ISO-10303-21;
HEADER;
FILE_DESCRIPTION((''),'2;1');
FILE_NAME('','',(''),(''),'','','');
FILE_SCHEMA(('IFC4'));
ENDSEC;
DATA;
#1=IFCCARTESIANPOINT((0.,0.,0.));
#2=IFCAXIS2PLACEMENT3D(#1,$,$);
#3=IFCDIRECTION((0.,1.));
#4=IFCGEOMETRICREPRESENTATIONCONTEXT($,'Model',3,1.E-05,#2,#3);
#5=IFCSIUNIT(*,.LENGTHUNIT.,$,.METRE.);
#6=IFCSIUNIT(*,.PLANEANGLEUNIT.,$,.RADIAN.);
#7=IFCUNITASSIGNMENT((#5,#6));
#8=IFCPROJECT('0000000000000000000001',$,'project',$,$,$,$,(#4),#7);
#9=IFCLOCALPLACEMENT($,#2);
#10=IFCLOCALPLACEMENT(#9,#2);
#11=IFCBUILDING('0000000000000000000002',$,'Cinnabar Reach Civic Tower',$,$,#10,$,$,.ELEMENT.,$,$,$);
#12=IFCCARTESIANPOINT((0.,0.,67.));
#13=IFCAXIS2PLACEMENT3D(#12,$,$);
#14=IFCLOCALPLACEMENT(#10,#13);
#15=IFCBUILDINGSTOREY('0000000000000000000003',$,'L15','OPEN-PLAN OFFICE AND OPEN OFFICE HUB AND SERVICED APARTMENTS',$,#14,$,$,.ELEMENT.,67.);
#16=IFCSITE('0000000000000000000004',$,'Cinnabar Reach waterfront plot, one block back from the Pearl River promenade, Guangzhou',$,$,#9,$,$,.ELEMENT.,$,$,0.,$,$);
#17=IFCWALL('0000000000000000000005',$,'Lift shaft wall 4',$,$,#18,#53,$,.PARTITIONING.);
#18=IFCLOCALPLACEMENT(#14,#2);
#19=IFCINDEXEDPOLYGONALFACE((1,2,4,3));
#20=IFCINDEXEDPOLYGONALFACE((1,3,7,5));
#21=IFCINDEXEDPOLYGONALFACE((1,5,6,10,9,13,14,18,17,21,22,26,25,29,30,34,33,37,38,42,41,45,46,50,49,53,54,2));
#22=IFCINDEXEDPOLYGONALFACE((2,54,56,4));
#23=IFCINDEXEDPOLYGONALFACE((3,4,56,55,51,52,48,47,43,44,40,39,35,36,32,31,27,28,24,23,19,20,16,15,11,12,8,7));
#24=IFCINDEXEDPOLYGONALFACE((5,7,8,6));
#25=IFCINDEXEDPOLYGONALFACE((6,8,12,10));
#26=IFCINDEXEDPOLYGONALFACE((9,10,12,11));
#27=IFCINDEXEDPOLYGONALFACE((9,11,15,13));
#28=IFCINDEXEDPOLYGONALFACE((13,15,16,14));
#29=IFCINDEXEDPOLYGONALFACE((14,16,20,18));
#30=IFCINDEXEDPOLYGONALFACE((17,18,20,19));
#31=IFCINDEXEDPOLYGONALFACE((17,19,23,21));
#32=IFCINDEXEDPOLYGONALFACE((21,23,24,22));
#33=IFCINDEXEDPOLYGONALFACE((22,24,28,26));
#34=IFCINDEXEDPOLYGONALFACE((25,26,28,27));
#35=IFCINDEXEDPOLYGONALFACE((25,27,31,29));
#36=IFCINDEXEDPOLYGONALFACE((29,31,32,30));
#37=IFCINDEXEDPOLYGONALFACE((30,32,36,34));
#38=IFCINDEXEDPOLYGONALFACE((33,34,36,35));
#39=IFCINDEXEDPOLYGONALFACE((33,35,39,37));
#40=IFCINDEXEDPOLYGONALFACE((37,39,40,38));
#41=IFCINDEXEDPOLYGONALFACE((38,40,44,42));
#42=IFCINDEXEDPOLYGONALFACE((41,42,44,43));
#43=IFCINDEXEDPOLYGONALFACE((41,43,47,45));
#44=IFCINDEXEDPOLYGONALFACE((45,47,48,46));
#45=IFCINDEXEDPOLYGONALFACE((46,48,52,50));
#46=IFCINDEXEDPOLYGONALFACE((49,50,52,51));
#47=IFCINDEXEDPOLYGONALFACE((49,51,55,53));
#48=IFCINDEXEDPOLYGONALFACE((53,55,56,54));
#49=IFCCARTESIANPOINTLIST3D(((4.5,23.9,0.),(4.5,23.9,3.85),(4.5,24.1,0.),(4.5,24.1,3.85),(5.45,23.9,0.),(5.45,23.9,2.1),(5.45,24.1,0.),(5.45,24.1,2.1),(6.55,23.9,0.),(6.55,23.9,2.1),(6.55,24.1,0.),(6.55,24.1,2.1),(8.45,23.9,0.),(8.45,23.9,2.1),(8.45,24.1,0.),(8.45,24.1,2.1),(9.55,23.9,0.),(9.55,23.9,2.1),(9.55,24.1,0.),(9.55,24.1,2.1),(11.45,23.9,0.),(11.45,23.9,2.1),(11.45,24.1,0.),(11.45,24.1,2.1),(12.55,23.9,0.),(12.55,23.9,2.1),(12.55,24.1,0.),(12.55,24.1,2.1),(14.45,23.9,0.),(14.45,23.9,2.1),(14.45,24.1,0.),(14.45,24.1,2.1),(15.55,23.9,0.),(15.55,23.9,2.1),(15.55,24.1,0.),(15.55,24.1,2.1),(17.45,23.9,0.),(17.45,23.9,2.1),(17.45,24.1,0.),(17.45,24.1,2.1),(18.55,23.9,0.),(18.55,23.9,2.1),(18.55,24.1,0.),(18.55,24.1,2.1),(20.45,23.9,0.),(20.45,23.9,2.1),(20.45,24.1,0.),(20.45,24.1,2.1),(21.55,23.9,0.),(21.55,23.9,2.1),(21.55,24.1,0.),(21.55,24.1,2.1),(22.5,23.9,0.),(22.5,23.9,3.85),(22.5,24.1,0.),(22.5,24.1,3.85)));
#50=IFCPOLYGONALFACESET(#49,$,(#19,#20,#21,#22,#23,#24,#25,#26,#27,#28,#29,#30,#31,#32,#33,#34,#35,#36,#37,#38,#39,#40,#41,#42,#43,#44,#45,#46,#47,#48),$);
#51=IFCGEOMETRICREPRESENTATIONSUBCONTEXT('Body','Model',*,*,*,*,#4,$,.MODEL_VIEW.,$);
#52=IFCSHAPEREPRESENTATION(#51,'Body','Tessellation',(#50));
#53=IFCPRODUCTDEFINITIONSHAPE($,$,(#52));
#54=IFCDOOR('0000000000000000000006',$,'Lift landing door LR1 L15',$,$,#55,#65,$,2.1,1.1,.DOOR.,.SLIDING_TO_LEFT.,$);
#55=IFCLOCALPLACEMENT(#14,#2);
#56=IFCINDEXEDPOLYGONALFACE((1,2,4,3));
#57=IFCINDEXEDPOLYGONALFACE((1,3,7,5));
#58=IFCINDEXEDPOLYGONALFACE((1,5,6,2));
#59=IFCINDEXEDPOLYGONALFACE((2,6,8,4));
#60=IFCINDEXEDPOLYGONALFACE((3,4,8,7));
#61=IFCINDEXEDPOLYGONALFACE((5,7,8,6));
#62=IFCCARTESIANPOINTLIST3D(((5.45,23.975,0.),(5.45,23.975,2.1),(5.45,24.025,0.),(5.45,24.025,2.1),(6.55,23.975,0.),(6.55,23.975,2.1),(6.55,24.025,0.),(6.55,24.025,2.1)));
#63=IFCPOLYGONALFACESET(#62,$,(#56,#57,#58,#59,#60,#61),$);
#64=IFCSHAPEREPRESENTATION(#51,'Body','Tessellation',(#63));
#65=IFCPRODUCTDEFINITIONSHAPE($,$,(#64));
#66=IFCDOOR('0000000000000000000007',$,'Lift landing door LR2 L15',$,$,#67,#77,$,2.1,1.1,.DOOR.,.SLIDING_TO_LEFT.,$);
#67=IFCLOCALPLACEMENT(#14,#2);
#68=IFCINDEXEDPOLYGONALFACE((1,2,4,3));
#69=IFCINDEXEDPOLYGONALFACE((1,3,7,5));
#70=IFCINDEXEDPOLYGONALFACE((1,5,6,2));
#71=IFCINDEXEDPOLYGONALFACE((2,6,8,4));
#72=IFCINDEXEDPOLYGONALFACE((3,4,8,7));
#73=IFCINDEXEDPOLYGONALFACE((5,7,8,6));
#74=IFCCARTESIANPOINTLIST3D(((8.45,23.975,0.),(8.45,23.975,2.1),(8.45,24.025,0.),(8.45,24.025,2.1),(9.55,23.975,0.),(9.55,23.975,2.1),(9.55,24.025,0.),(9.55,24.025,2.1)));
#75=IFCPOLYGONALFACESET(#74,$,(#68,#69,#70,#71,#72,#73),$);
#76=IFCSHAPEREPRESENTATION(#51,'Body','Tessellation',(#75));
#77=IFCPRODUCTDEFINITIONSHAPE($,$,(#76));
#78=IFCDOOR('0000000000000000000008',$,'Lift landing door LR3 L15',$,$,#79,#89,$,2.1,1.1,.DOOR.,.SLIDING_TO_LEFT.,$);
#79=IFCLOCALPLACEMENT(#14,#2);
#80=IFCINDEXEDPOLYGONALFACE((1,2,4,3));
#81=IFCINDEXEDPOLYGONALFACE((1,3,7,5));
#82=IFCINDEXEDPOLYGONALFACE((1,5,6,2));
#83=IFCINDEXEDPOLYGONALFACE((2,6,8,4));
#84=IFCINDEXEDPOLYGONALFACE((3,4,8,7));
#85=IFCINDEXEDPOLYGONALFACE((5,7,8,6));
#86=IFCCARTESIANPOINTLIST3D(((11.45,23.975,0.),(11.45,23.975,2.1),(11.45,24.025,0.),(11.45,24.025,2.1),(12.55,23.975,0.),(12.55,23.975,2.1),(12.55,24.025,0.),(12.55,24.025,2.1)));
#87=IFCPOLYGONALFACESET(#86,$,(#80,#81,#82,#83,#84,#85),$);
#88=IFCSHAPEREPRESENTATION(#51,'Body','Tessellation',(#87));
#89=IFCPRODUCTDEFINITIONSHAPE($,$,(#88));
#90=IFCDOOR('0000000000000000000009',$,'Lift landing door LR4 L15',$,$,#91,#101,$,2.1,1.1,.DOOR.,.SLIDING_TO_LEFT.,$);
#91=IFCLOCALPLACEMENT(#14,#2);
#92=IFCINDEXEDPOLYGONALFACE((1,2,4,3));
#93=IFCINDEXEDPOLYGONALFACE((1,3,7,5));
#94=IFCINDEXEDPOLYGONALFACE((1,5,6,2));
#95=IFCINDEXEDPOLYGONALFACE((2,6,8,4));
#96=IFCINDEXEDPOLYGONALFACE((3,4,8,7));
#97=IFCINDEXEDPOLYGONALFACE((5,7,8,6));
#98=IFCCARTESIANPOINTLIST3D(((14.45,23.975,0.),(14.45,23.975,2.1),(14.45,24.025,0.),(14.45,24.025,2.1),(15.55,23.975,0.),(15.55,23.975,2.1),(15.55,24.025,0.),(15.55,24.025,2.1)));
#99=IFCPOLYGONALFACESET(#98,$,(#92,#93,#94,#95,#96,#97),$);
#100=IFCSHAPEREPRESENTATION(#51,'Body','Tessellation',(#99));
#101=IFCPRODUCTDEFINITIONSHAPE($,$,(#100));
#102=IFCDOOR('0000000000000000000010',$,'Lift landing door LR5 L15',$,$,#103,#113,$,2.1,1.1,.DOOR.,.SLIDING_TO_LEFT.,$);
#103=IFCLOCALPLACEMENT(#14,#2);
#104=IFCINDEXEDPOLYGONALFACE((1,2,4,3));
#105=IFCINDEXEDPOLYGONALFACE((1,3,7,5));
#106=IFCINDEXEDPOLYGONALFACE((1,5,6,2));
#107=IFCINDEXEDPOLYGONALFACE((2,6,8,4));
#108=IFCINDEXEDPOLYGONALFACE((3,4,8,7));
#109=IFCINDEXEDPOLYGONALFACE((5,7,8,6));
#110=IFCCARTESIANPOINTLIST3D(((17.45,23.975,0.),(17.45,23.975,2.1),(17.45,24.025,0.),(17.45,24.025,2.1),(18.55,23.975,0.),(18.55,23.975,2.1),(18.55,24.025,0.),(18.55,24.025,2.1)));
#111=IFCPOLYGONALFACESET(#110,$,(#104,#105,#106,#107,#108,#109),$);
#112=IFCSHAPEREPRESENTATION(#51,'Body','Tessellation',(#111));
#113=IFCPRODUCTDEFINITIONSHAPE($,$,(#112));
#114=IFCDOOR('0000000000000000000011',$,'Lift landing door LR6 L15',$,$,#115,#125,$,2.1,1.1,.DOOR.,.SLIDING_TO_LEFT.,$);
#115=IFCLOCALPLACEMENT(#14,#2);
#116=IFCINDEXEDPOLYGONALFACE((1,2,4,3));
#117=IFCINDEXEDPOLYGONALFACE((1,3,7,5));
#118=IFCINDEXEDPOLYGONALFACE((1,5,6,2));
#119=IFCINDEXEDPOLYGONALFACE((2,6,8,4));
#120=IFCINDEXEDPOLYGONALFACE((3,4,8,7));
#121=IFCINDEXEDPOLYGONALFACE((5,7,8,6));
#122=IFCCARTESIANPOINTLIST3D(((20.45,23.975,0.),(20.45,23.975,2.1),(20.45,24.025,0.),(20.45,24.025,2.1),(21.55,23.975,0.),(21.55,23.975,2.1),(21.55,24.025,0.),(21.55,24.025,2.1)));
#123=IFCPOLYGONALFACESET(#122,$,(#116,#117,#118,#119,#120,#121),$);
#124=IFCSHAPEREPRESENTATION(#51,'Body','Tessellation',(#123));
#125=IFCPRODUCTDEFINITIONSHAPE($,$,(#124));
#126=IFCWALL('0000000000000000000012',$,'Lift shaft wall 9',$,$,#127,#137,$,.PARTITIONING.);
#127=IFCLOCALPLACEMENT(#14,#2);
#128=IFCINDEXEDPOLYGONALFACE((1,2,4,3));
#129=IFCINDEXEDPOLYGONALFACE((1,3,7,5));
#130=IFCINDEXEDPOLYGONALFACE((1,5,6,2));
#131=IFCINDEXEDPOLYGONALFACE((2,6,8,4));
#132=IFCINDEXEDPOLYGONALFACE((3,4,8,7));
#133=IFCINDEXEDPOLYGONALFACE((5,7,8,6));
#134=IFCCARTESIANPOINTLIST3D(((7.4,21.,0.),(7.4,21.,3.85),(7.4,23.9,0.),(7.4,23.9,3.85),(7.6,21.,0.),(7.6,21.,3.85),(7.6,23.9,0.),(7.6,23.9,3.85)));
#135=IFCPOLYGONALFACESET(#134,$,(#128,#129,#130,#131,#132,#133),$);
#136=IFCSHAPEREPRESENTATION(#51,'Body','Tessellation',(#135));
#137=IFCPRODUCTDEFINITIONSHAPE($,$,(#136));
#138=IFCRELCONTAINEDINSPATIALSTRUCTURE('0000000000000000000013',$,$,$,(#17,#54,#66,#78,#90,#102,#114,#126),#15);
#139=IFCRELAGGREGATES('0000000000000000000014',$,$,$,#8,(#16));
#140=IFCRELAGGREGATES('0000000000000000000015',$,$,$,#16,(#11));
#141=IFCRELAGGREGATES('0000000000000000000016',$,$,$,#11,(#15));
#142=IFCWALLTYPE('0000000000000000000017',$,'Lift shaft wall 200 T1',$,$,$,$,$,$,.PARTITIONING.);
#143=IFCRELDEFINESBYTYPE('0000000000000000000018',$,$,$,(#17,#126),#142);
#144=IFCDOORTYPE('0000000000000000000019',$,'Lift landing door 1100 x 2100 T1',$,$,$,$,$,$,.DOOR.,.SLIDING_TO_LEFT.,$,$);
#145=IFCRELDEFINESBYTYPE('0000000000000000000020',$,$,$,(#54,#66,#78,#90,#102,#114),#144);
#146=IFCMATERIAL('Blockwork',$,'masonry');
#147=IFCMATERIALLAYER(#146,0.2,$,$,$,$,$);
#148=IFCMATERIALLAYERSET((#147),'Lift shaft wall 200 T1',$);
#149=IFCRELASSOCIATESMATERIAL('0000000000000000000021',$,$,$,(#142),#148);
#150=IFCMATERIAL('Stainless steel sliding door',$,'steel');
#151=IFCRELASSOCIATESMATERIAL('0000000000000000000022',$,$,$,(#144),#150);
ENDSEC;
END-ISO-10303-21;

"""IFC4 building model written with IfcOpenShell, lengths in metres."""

from ifc_helpers import new_model, si_unit, direction, frame, frame_2d, origin, place, context, subcontext, project, spatial, rectangle, extrude, material, layer, layer_set, type_object, element, fill, save


model = new_model("IFC4")

# Units and contexts
model_context = context("Model", 3, precision=1e-05, world=origin(), true_north=direction((0.0, 1.0)))
body_context = subcontext(model_context, "Body", "Model", "MODEL_VIEW")
ifc_project = project(units=[si_unit("LENGTHUNIT", "METRE"), si_unit("PLANEANGLEUNIT", "RADIAN")], contexts=[model_context])

# Site, building, storey
site_placement = place(None, origin())
site = spatial("IfcSite", under=ifc_project, at=site_placement, Name="Cinnabar Reach waterfront plot, one block back from the Pearl River promenade, Guangzhou", CompositionType="ELEMENT", RefElevation=0.0)
building_placement = place(site_placement, origin())
building = spatial("IfcBuilding", under=site, at=building_placement, Name="Cinnabar Reach Civic Tower", CompositionType="ELEMENT")
storey_placement = place(building_placement, frame((0.0, 0.0, 67.0)))
storey = spatial("IfcBuildingStorey", under=building, at=storey_placement, Name="L15", Description="OPEN-PLAN OFFICE AND OPEN OFFICE HUB AND SERVICED APARTMENTS", CompositionType="ELEMENT", Elevation=67.0)

# Wall, openings, doors
ifc_material_1 = material(Name="Blockwork", Category="masonry")
ifc_layer_1 = layer(ifc_material_1, 0.2)
ifc_layer_set_1 = layer_set([ifc_layer_1], Name="Lift shaft wall 200 T1")
wall_type_1 = type_object("IfcWallType", Name="Lift shaft wall 200 T1", PredefinedType="PARTITIONING", material=ifc_layer_set_1)
wall_1_placement = place(storey_placement, frame((4.5, 24.0, 0.0), z_axis=(0.0, 0.0, 1.0), x_axis=(1.0, 0.0, 0.0)))
wall_1 = element("IfcWall", 1, at=wall_1_placement, inside=storey, type_object=wall_type_1, Name="Lift shaft wall 4", PredefinedType="PARTITIONING", context=body_context, shape_type="SweptSolid", body=[
    extrude(rectangle(XDim=18.0, YDim=0.2, at=frame_2d((9.0, 0.0))), origin(), (0.0, 0.0, 1.0), 3.85),
])
opening_1_placement = place(wall_1_placement, frame((0.95, 0.0, 0.0)))
opening_1 = element("IfcOpeningElement", 2, at=opening_1_placement, cuts=wall_1, PredefinedType="OPENING", context=body_context, shape_type="SweptSolid", body=[
    extrude(rectangle(XDim=1.1, YDim=2.1, at=frame_2d((0.55, 1.05))), frame((0.0, 0.11, 0.0), z_axis=(0.0, -1.0, 0.0), x_axis=(1.0, 0.0, 0.0)), (0.0, 0.0, 1.0), 0.22),
])
opening_2_placement = place(wall_1_placement, frame((3.95, 0.0, 0.0)))
opening_2 = element("IfcOpeningElement", 3, at=opening_2_placement, cuts=wall_1, PredefinedType="OPENING", context=body_context, shape_type="SweptSolid", body=[
    extrude(rectangle(XDim=1.1, YDim=2.1, at=frame_2d((0.55, 1.05))), frame((0.0, 0.11, 0.0), z_axis=(0.0, -1.0, 0.0), x_axis=(1.0, 0.0, 0.0)), (0.0, 0.0, 1.0), 0.22),
])
opening_3_placement = place(wall_1_placement, frame((6.95, 0.0, 0.0)))
opening_3 = element("IfcOpeningElement", 4, at=opening_3_placement, cuts=wall_1, PredefinedType="OPENING", context=body_context, shape_type="SweptSolid", body=[
    extrude(rectangle(XDim=1.1, YDim=2.1, at=frame_2d((0.55, 1.05))), frame((0.0, 0.11, 0.0), z_axis=(0.0, -1.0, 0.0), x_axis=(1.0, 0.0, 0.0)), (0.0, 0.0, 1.0), 0.22),
])
opening_4_placement = place(wall_1_placement, frame((9.95, 0.0, 0.0)))
opening_4 = element("IfcOpeningElement", 5, at=opening_4_placement, cuts=wall_1, PredefinedType="OPENING", context=body_context, shape_type="SweptSolid", body=[
    extrude(rectangle(XDim=1.1, YDim=2.1, at=frame_2d((0.55, 1.05))), frame((0.0, 0.11, 0.0), z_axis=(0.0, -1.0, 0.0), x_axis=(1.0, 0.0, 0.0)), (0.0, 0.0, 1.0), 0.22),
])
opening_5_placement = place(wall_1_placement, frame((12.95, 0.0, 0.0)))
opening_5 = element("IfcOpeningElement", 6, at=opening_5_placement, cuts=wall_1, PredefinedType="OPENING", context=body_context, shape_type="SweptSolid", body=[
    extrude(rectangle(XDim=1.1, YDim=2.1, at=frame_2d((0.55, 1.05))), frame((0.0, 0.11, 0.0), z_axis=(0.0, -1.0, 0.0), x_axis=(1.0, 0.0, 0.0)), (0.0, 0.0, 1.0), 0.22),
])
opening_6_placement = place(wall_1_placement, frame((15.95, 0.0, 0.0)))
opening_6 = element("IfcOpeningElement", 7, at=opening_6_placement, cuts=wall_1, PredefinedType="OPENING", context=body_context, shape_type="SweptSolid", body=[
    extrude(rectangle(XDim=1.1, YDim=2.1, at=frame_2d((0.55, 1.05))), frame((0.0, 0.11, 0.0), z_axis=(0.0, -1.0, 0.0), x_axis=(1.0, 0.0, 0.0)), (0.0, 0.0, 1.0), 0.22),
])
ifc_material_2 = material(Name="Stainless steel sliding door", Category="steel")
door_type = type_object("IfcDoorType", Name="Lift landing door 1100 x 2100 T1", OperationType="SLIDING_TO_LEFT", PredefinedType="DOOR", material=ifc_material_2)
door_1_placement = place(opening_1_placement, origin())
door_1 = element("IfcDoor", 8, at=door_1_placement, inside=storey, type_object=door_type, Name="Lift landing door LR1 L15", OperationType="SLIDING_TO_LEFT", OverallHeight=2.1, OverallWidth=1.1, PredefinedType="DOOR", context=body_context, shape_type="SweptSolid", body=[
    extrude(rectangle(XDim=1.1, YDim=2.1, at=frame_2d((0.55, 1.05))), frame((0.0, 0.025, 0.0), z_axis=(0.0, -1.0, 0.0), x_axis=(1.0, 0.0, 0.0)), (0.0, 0.0, 1.0), 0.05),
])
fill(opening_1, door_1)
door_2_placement = place(opening_2_placement, origin())
door_2 = element("IfcDoor", 9, at=door_2_placement, inside=storey, type_object=door_type, Name="Lift landing door LR2 L15", OperationType="SLIDING_TO_LEFT", OverallHeight=2.1, OverallWidth=1.1, PredefinedType="DOOR", context=body_context, shape_type="SweptSolid", body=[
    extrude(rectangle(XDim=1.1, YDim=2.1, at=frame_2d((0.55, 1.05))), frame((0.0, 0.025, 0.0), z_axis=(0.0, -1.0, 0.0), x_axis=(1.0, 0.0, 0.0)), (0.0, 0.0, 1.0), 0.05),
])
fill(opening_2, door_2)
door_3_placement = place(opening_3_placement, origin())
door_3 = element("IfcDoor", 10, at=door_3_placement, inside=storey, type_object=door_type, Name="Lift landing door LR3 L15", OperationType="SLIDING_TO_LEFT", OverallHeight=2.1, OverallWidth=1.1, PredefinedType="DOOR", context=body_context, shape_type="SweptSolid", body=[
    extrude(rectangle(XDim=1.1, YDim=2.1, at=frame_2d((0.55, 1.05))), frame((0.0, 0.025, 0.0), z_axis=(0.0, -1.0, 0.0), x_axis=(1.0, 0.0, 0.0)), (0.0, 0.0, 1.0), 0.05),
])
fill(opening_3, door_3)
door_4_placement = place(opening_4_placement, origin())
door_4 = element("IfcDoor", 11, at=door_4_placement, inside=storey, type_object=door_type, Name="Lift landing door LR4 L15", OperationType="SLIDING_TO_LEFT", OverallHeight=2.1, OverallWidth=1.1, PredefinedType="DOOR", context=body_context, shape_type="SweptSolid", body=[
    extrude(rectangle(XDim=1.1, YDim=2.1, at=frame_2d((0.55, 1.05))), frame((0.0, 0.025, 0.0), z_axis=(0.0, -1.0, 0.0), x_axis=(1.0, 0.0, 0.0)), (0.0, 0.0, 1.0), 0.05),
])
fill(opening_4, door_4)
door_5_placement = place(opening_5_placement, origin())
door_5 = element("IfcDoor", 12, at=door_5_placement, inside=storey, type_object=door_type, Name="Lift landing door LR5 L15", OperationType="SLIDING_TO_LEFT", OverallHeight=2.1, OverallWidth=1.1, PredefinedType="DOOR", context=body_context, shape_type="SweptSolid", body=[
    extrude(rectangle(XDim=1.1, YDim=2.1, at=frame_2d((0.55, 1.05))), frame((0.0, 0.025, 0.0), z_axis=(0.0, -1.0, 0.0), x_axis=(1.0, 0.0, 0.0)), (0.0, 0.0, 1.0), 0.05),
])
fill(opening_5, door_5)
door_6_placement = place(opening_6_placement, origin())
door_6 = element("IfcDoor", 13, at=door_6_placement, inside=storey, type_object=door_type, Name="Lift landing door LR6 L15", OperationType="SLIDING_TO_LEFT", OverallHeight=2.1, OverallWidth=1.1, PredefinedType="DOOR", context=body_context, shape_type="SweptSolid", body=[
    extrude(rectangle(XDim=1.1, YDim=2.1, at=frame_2d((0.55, 1.05))), frame((0.0, 0.025, 0.0), z_axis=(0.0, -1.0, 0.0), x_axis=(1.0, 0.0, 0.0)), (0.0, 0.0, 1.0), 0.05),
])
fill(opening_6, door_6)

# Wall
wall_2_placement = place(storey_placement, frame((7.5, 21.0, 0.0), z_axis=(0.0, 0.0, 1.0), x_axis=(0.0, 1.0, 0.0)))
element("IfcWall", 14, at=wall_2_placement, inside=storey, type_object=wall_type_1, Name="Lift shaft wall 9", PredefinedType="PARTITIONING", context=body_context, shape_type="SweptSolid", body=[
    extrude(rectangle(XDim=2.9, YDim=0.2, at=frame_2d((1.45, 0.0))), origin(), (0.0, 0.0, 1.0), 3.85),
])

save(model, "model.ifc")
